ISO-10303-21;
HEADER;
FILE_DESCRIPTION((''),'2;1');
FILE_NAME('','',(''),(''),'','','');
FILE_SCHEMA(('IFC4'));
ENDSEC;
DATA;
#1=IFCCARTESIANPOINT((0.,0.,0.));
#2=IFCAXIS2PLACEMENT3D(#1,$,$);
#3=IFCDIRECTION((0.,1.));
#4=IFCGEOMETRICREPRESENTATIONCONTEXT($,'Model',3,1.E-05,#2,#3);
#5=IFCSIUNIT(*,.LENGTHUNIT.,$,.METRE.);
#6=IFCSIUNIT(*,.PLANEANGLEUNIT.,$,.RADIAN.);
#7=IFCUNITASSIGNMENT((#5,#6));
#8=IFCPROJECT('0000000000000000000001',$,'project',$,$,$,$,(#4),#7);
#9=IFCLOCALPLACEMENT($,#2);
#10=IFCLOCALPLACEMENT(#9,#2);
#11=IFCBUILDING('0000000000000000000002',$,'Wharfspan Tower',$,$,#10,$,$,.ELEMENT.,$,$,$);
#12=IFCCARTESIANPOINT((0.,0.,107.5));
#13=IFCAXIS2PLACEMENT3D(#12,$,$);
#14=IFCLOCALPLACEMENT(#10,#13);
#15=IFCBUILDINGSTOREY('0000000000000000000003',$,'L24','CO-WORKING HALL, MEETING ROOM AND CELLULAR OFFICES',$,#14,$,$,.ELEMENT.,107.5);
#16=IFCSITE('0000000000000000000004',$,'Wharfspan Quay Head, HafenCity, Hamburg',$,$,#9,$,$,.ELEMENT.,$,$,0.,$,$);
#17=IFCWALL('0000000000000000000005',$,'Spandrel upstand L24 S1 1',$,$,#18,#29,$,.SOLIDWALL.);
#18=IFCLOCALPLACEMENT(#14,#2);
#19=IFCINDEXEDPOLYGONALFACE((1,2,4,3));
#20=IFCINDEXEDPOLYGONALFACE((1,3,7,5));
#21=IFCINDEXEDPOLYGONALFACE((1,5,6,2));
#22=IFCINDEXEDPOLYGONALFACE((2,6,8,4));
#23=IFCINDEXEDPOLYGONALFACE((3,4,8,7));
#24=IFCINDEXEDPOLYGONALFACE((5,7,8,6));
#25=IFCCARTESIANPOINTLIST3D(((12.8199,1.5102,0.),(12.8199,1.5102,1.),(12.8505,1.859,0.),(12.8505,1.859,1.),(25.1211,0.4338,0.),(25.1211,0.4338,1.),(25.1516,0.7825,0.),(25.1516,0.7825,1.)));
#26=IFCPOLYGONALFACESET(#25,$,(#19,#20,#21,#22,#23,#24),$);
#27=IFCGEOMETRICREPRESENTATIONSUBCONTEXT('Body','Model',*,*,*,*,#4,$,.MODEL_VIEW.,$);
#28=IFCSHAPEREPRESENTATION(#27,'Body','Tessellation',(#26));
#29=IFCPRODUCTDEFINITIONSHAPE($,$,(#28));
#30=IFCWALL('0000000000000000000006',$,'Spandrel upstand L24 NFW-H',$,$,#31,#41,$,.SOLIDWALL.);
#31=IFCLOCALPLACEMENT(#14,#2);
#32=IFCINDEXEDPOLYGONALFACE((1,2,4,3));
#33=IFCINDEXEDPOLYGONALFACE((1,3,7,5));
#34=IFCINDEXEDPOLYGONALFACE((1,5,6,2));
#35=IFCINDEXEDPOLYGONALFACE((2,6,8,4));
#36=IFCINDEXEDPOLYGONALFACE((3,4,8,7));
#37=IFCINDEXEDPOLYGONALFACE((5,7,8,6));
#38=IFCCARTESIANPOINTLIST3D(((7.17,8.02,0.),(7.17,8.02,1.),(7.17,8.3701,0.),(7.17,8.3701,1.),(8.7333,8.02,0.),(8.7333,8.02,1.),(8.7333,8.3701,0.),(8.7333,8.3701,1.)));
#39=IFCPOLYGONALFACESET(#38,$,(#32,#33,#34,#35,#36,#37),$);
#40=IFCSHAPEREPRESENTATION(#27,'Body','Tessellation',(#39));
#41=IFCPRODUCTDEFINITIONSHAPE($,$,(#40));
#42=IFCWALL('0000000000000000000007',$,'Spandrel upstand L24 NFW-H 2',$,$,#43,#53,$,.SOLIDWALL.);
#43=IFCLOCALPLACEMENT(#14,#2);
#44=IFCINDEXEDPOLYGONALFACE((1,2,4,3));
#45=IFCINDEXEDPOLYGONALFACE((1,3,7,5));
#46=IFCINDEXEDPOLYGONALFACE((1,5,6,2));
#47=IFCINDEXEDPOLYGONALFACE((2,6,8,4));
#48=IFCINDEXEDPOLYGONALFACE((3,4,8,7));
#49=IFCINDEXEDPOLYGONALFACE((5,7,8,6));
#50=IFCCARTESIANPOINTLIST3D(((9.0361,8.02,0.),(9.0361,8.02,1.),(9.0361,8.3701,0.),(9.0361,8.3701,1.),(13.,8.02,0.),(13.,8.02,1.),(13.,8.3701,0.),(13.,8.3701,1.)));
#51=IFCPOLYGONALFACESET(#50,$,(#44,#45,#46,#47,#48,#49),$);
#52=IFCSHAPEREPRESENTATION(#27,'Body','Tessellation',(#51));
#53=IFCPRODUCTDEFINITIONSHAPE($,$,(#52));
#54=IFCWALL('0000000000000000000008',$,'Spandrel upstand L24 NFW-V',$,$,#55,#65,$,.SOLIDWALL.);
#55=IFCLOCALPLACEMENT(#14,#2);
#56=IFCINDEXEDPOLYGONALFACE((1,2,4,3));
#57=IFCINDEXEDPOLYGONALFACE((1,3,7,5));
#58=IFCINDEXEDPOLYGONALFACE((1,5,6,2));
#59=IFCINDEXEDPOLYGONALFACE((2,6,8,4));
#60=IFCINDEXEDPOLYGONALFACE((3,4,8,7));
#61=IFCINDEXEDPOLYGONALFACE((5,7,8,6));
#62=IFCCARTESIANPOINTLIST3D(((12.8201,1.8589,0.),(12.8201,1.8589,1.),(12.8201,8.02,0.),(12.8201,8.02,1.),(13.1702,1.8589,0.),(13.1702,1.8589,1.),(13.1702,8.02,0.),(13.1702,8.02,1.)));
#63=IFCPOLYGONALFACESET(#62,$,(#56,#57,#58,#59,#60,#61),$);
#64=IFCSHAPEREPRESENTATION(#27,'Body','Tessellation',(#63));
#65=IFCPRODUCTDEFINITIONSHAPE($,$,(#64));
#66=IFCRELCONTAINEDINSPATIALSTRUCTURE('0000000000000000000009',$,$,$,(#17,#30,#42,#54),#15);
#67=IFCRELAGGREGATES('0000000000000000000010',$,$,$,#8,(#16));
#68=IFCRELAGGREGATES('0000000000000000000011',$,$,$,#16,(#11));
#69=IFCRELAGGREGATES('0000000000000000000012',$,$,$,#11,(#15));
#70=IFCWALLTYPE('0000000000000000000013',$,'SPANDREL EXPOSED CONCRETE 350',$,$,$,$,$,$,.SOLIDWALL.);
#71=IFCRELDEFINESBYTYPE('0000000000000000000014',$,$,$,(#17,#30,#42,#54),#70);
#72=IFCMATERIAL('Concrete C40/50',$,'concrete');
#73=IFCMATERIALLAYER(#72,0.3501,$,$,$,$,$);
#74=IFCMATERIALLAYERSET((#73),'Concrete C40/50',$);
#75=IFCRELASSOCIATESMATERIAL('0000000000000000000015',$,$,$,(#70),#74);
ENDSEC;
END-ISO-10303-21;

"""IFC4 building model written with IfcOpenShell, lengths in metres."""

from ifc_helpers import new_model, si_unit, direction, frame, frame_2d, origin, place, context, subcontext, project, spatial, rectangle, extrude, material, layer, layer_set, type_object, element, save


model = new_model("IFC4")

# Units and contexts
model_context = context("Model", 3, precision=1e-05, world=origin(), true_north=direction((0.0, 1.0)))
body_context = subcontext(model_context, "Body", "Model", "MODEL_VIEW")
ifc_project = project(units=[si_unit("LENGTHUNIT", "METRE"), si_unit("PLANEANGLEUNIT", "RADIAN")], contexts=[model_context])

# Site, building, storey
site_placement = place(None, origin())
site = spatial("IfcSite", under=ifc_project, at=site_placement, Name="Wharfspan Quay Head, HafenCity, Hamburg", CompositionType="ELEMENT", RefElevation=0.0)
building_placement = place(site_placement, origin())
building = spatial("IfcBuilding", under=site, at=building_placement, Name="Wharfspan Tower", CompositionType="ELEMENT")
storey_placement = place(building_placement, frame((0.0, 0.0, 107.5)))
storey = spatial("IfcBuildingStorey", under=building, at=storey_placement, Name="L24", Description="CO-WORKING HALL, MEETING ROOM AND CELLULAR OFFICES", CompositionType="ELEMENT", Elevation=107.5)

# Shared definitions
ifc_material_1 = material(Name="Concrete C40/50", Category="concrete")

# Walls
ifc_layer_1 = layer(ifc_material_1, 0.3501)
ifc_layer_set_1 = layer_set([ifc_layer_1], Name="Concrete C40/50")
wall_type_1 = type_object("IfcWallType", Name="SPANDREL EXPOSED CONCRETE 350", PredefinedType="SOLIDWALL", material=ifc_layer_set_1)
wall_1_placement = place(storey_placement, frame((12.8352, 1.6846, 0.0), z_axis=(0.0, 0.0, 1.0), x_axis=(0.996192, -0.087173, 0.0)))
element("IfcWall", 1, at=wall_1_placement, inside=storey, type_object=wall_type_1, Name="Spandrel upstand L24 S1 1", PredefinedType="SOLIDWALL", context=body_context, shape_type="SweptSolid", body=[
    extrude(rectangle(XDim=12.3481, YDim=0.3501, at=frame_2d((6.1741, 0.0))), origin(), (0.0, 0.0, 1.0), 1.0),
])
wall_2_placement = place(storey_placement, frame((7.1699, 8.1951, 0.0), z_axis=(0.0, 0.0, 1.0), x_axis=(1.0, 0.0, 0.0)))
element("IfcWall", 2, at=wall_2_placement, inside=storey, type_object=wall_type_1, Name="Spandrel upstand L24 NFW-H", PredefinedType="SOLIDWALL", context=body_context, shape_type="SweptSolid", body=[
    extrude(rectangle(XDim=1.5632, YDim=0.3501, at=frame_2d((0.7817, 0.0))), origin(), (0.0, 0.0, 1.0), 1.0),
])
wall_3_placement = place(storey_placement, frame((9.0361, 8.1951, 0.0), z_axis=(0.0, 0.0, 1.0), x_axis=(1.0, 0.0, 0.0)))
element("IfcWall", 3, at=wall_3_placement, inside=storey, type_object=wall_type_1, Name="Spandrel upstand L24 NFW-H 2", PredefinedType="SOLIDWALL", context=body_context, shape_type="SweptSolid", body=[
    extrude(rectangle(XDim=3.9639, YDim=0.3501, at=frame_2d((1.9819, 0.0))), origin(), (0.0, 0.0, 1.0), 1.0),
])
wall_4_placement = place(storey_placement, frame((12.9951, 8.02, 0.0), z_axis=(0.0, 0.0, 1.0), x_axis=(0.0, -1.0, 0.0)))
element("IfcWall", 4, at=wall_4_placement, inside=storey, type_object=wall_type_1, Name="Spandrel upstand L24 NFW-V", PredefinedType="SOLIDWALL", context=body_context, shape_type="SweptSolid", body=[
    extrude(rectangle(XDim=6.1611, YDim=0.3501, at=frame_2d((3.0806, 0.0))), origin(), (0.0, 0.0, 1.0), 1.0),
])

save(model, "model.ifc")
